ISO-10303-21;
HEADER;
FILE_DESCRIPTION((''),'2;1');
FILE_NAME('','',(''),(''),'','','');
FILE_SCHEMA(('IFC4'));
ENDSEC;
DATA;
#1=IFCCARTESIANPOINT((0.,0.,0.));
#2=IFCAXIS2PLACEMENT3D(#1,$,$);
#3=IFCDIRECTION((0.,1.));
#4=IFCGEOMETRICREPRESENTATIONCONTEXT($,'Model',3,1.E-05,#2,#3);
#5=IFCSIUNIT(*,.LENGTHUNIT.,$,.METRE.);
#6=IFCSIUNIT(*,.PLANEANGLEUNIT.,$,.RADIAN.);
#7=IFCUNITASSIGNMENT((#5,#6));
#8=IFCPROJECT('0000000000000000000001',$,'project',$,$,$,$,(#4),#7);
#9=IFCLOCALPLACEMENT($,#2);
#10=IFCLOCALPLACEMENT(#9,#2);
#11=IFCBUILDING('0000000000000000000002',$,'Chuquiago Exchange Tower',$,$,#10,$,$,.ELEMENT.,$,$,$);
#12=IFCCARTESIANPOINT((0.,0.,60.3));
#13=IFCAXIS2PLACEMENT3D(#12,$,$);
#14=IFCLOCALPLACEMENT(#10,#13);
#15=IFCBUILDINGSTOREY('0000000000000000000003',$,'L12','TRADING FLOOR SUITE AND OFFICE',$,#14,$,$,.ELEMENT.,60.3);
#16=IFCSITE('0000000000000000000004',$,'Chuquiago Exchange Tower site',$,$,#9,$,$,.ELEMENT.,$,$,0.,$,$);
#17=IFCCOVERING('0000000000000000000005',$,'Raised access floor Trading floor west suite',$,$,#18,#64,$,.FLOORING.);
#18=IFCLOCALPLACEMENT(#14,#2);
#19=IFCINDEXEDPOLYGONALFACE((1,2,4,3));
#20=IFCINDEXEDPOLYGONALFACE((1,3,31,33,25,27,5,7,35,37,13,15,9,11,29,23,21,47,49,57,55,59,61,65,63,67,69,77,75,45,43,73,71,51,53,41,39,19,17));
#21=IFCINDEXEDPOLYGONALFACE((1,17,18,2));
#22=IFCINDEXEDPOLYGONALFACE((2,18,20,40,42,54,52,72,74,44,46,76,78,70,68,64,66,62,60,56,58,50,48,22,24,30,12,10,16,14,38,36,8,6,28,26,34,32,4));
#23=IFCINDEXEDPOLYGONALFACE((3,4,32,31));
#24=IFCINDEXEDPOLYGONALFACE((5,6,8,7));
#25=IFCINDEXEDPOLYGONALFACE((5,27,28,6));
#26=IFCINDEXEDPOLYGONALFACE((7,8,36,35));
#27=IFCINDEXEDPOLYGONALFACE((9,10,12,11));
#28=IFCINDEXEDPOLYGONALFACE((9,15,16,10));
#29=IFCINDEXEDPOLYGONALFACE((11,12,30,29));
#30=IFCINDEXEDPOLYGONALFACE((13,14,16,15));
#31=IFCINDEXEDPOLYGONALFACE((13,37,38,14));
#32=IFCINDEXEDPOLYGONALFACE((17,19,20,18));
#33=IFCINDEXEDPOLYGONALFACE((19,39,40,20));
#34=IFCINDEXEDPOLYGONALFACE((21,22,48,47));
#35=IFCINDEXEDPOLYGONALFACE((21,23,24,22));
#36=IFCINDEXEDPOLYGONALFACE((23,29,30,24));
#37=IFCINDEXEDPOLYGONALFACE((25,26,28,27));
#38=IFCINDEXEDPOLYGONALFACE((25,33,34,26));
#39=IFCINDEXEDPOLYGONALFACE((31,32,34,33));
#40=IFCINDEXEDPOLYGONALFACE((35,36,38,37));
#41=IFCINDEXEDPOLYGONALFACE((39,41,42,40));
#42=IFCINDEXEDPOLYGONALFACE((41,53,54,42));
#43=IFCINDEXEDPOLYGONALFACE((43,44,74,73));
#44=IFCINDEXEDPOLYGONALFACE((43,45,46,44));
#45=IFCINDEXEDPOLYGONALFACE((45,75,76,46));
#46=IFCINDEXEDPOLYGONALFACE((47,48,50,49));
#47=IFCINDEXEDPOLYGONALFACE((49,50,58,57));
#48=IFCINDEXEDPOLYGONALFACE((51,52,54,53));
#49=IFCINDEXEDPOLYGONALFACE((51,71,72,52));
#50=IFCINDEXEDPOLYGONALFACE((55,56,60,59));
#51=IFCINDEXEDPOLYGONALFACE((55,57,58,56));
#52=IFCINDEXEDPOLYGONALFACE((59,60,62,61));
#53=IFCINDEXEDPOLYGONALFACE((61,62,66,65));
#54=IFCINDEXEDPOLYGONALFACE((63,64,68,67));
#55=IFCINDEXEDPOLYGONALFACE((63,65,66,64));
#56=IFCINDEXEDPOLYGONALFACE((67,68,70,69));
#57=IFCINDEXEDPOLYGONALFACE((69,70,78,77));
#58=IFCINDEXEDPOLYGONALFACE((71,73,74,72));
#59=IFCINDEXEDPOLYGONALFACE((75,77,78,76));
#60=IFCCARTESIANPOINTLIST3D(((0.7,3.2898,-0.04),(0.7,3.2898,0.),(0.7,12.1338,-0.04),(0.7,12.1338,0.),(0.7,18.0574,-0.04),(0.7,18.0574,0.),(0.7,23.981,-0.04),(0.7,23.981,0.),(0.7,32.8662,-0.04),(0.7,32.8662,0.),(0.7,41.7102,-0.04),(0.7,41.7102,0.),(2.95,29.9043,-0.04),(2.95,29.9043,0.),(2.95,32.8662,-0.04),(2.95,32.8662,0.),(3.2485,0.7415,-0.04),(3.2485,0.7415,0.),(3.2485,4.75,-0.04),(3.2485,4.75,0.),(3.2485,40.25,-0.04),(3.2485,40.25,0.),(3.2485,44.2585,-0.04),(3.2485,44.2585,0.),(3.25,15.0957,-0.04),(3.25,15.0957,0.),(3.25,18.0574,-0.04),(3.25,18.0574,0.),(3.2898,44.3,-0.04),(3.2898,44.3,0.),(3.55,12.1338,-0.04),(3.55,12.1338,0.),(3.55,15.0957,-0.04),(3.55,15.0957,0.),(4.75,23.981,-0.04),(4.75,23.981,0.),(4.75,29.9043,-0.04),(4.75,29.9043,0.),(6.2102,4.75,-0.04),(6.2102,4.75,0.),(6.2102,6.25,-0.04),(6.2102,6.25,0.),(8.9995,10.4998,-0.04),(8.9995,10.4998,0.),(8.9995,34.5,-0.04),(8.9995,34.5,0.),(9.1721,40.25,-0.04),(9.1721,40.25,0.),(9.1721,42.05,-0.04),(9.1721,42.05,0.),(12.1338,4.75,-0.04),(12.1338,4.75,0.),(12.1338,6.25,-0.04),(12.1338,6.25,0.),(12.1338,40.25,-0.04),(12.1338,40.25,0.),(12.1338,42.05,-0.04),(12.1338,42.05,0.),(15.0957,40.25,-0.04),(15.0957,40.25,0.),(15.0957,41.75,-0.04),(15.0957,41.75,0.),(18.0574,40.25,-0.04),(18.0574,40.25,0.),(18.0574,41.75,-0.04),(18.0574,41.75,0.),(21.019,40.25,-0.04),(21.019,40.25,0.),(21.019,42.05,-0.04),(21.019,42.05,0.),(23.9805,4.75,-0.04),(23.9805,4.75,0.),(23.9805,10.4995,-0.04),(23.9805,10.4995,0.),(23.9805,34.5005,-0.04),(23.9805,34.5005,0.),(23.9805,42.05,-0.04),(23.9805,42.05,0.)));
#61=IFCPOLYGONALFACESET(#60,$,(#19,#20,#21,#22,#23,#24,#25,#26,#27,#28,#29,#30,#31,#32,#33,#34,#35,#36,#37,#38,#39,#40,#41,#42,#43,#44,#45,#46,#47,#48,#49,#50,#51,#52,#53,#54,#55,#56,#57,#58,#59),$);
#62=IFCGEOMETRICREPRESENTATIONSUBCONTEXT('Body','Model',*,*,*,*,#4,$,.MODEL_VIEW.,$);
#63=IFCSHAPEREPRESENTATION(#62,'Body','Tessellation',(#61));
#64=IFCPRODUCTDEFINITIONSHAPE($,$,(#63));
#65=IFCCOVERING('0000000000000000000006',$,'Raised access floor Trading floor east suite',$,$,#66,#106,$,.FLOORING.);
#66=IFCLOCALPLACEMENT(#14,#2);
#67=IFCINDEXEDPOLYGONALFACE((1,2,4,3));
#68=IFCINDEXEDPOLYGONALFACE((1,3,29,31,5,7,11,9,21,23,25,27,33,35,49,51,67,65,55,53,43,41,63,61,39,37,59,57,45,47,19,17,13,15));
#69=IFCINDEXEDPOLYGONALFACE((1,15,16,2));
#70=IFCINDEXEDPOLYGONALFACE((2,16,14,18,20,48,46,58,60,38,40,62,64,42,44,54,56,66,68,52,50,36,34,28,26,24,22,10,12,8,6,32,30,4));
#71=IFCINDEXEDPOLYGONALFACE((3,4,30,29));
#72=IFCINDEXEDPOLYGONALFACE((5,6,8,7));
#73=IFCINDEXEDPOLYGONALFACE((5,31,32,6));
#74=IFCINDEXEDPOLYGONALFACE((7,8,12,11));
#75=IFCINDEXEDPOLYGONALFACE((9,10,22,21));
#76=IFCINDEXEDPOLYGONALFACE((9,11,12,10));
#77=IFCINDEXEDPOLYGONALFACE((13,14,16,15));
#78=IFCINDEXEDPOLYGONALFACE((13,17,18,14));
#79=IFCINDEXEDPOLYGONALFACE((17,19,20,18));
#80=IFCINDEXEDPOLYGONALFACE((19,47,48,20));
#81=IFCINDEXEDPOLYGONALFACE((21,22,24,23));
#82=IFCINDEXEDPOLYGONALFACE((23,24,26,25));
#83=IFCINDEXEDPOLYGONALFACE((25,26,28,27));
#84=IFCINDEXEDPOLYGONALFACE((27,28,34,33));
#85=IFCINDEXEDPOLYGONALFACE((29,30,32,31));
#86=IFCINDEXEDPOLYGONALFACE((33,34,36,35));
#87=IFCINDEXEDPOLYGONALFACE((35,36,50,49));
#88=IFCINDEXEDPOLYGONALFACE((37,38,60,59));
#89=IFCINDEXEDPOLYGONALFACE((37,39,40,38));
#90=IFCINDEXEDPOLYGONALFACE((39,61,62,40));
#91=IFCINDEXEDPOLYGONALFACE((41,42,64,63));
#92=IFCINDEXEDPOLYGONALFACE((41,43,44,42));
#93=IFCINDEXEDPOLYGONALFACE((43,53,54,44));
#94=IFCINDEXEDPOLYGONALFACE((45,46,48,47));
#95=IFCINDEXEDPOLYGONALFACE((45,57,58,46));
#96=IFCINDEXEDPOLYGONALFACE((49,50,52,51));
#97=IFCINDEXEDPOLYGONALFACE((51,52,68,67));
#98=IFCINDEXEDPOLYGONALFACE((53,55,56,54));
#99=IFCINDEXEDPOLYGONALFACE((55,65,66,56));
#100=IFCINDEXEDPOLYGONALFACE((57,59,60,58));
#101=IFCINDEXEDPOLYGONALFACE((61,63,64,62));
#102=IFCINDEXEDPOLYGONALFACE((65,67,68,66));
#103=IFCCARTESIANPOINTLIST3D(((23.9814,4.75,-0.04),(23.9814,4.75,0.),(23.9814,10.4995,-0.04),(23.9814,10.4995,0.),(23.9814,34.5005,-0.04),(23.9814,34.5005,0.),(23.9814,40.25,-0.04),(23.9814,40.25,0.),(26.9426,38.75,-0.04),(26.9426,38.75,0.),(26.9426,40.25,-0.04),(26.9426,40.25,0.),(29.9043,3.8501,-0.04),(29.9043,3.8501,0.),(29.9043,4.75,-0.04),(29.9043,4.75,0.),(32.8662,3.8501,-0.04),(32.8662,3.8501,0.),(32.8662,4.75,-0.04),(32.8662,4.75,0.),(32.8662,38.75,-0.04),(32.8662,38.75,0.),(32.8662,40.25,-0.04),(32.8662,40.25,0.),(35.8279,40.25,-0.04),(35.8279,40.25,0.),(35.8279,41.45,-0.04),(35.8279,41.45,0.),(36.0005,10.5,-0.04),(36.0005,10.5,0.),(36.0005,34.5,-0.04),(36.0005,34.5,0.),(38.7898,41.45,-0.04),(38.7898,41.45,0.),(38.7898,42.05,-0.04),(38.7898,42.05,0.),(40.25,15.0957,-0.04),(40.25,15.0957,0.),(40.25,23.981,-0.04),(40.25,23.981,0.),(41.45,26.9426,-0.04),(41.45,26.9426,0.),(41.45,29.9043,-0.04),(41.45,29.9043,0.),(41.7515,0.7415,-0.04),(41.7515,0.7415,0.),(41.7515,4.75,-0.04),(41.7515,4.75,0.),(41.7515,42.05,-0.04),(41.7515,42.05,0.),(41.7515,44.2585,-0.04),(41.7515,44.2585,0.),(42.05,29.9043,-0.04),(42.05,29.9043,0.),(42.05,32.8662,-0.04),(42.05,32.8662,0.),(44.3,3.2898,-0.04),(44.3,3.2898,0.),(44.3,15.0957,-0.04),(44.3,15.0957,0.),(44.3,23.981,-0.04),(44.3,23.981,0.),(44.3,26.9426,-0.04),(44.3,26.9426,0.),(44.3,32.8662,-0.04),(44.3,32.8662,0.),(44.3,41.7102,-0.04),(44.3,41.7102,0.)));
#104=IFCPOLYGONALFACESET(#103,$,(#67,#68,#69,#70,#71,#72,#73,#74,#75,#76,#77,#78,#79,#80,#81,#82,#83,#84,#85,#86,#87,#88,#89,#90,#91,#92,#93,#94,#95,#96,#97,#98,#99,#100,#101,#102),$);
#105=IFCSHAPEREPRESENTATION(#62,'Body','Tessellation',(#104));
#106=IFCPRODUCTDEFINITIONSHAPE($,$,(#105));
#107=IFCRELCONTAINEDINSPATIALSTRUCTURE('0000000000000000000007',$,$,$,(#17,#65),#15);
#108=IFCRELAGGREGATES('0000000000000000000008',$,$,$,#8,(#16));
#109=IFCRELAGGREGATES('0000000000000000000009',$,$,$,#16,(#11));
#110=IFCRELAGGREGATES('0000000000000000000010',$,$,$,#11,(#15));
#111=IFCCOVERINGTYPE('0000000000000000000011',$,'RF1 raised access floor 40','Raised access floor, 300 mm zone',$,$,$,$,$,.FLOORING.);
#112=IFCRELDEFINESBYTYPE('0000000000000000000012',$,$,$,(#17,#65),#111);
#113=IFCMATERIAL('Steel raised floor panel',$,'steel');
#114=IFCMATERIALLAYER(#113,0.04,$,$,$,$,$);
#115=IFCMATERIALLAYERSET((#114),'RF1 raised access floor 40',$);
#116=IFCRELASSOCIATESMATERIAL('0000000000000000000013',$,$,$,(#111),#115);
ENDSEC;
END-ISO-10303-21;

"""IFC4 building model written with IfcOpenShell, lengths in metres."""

from ifc_helpers import new_model, si_unit, direction, frame, origin, place, context, subcontext, project, spatial, polyline, outline, extrude, material, layer, layer_set, type_object, element, save


model = new_model("IFC4")

# Units and contexts
model_context = context("Model", 3, precision=1e-05, world=origin(), true_north=direction((0.0, 1.0)))
body_context = subcontext(model_context, "Body", "Model", "MODEL_VIEW")
ifc_project = project(units=[si_unit("LENGTHUNIT", "METRE"), si_unit("PLANEANGLEUNIT", "RADIAN")], contexts=[model_context])

# Site, building, storey
site_placement = place(None, origin())
site = spatial("IfcSite", under=ifc_project, at=site_placement, Name="Chuquiago Exchange Tower site", CompositionType="ELEMENT", RefElevation=0.0)
building_placement = place(site_placement, origin())
building = spatial("IfcBuilding", under=site, at=building_placement, Name="Chuquiago Exchange Tower", CompositionType="ELEMENT")
storey_placement = place(building_placement, frame((0.0, 0.0, 60.3)))
storey = spatial("IfcBuildingStorey", under=building, at=storey_placement, Name="L12", Description="TRADING FLOOR SUITE AND OFFICE", CompositionType="ELEMENT", Elevation=60.3)

# Coverings
ifc_material_1 = material(Name="Steel raised floor panel", Category="steel")
ifc_layer_1 = layer(ifc_material_1, 0.04)
ifc_layer_set_1 = layer_set([ifc_layer_1], Name="RF1 raised access floor 40")
covering_type_1 = type_object("IfcCoveringType", Name="RF1 raised access floor 40", Description="Raised access floor, 300 mm zone", PredefinedType="FLOORING", material=ifc_layer_set_1)
covering_1_placement = place(storey_placement, frame((0.0, 0.0, -0.04)))
element("IfcCovering", 1, at=covering_1_placement, inside=storey, type_object=covering_type_1, Name="Raised access floor Trading floor west suite", PredefinedType="FLOORING", context=body_context, shape_type="SweptSolid", body=[
    extrude(outline(polyline([(3.55, 15.0957), (3.25, 15.0957), (3.25, 18.0574), (0.7, 18.0574), (0.7, 23.981), (4.75, 23.981), (4.75, 29.9043), (2.95, 29.9043), (2.95, 32.8662), (0.7, 32.8662), (0.7, 41.7102), (3.2898, 44.3), (3.2485, 44.2585), (3.2485, 40.25), (9.1721, 40.25), (9.1721, 42.05), (12.1338, 42.05), (12.1338, 40.25), (15.0957, 40.25), (15.0957, 41.75), (18.0574, 41.75), (18.0574, 40.25), (21.019, 40.25), (21.019, 42.05), (23.9805, 42.05), (23.9805, 34.5005), (8.9995, 34.5), (8.9995, 10.4998), (23.9805, 10.4995), (23.9805, 4.75), (12.1338, 4.75), (12.1338, 6.25), (6.2102, 6.25), (6.2102, 4.75), (3.2485, 4.75), (3.2485, 0.7415), (0.7, 3.2898), (0.7, 12.1338), (3.55, 12.1338), (3.55, 15.0957)])), origin(), (0.0, 0.0, 1.0), 0.04),
])
covering_2_placement = place(storey_placement, frame((0.0, 0.0, -0.04)))
element("IfcCovering", 2, at=covering_2_placement, inside=storey, type_object=covering_type_1, Name="Raised access floor Trading floor east suite", PredefinedType="FLOORING", context=body_context, shape_type="SweptSolid", body=[
    extrude(outline(polyline([(26.9426, 40.25), (26.9426, 38.75), (32.8662, 38.75), (32.8662, 40.25), (35.8279, 40.25), (35.8279, 41.45), (38.7898, 41.45), (38.7898, 42.05), (41.7515, 42.05), (41.7515, 44.2585), (44.3, 41.7102), (44.3, 32.8662), (42.05, 32.8662), (42.05, 29.9043), (41.45, 29.9043), (41.45, 26.9426), (44.3, 26.9426), (44.3, 23.981), (40.25, 23.981), (40.25, 15.0957), (44.3, 15.0957), (44.3, 3.2898), (41.7515, 0.7415), (41.7515, 4.75), (32.8662, 4.75), (32.8662, 3.8501), (29.9043, 3.8501), (29.9043, 4.75), (23.9814, 4.75), (23.9814, 10.4995), (36.0005, 10.5), (36.0005, 34.5), (23.9814, 34.5005), (23.9814, 40.25), (26.9426, 40.25)])), origin(), (0.0, 0.0, 1.0), 0.04),
])

save(model, "model.ifc")
